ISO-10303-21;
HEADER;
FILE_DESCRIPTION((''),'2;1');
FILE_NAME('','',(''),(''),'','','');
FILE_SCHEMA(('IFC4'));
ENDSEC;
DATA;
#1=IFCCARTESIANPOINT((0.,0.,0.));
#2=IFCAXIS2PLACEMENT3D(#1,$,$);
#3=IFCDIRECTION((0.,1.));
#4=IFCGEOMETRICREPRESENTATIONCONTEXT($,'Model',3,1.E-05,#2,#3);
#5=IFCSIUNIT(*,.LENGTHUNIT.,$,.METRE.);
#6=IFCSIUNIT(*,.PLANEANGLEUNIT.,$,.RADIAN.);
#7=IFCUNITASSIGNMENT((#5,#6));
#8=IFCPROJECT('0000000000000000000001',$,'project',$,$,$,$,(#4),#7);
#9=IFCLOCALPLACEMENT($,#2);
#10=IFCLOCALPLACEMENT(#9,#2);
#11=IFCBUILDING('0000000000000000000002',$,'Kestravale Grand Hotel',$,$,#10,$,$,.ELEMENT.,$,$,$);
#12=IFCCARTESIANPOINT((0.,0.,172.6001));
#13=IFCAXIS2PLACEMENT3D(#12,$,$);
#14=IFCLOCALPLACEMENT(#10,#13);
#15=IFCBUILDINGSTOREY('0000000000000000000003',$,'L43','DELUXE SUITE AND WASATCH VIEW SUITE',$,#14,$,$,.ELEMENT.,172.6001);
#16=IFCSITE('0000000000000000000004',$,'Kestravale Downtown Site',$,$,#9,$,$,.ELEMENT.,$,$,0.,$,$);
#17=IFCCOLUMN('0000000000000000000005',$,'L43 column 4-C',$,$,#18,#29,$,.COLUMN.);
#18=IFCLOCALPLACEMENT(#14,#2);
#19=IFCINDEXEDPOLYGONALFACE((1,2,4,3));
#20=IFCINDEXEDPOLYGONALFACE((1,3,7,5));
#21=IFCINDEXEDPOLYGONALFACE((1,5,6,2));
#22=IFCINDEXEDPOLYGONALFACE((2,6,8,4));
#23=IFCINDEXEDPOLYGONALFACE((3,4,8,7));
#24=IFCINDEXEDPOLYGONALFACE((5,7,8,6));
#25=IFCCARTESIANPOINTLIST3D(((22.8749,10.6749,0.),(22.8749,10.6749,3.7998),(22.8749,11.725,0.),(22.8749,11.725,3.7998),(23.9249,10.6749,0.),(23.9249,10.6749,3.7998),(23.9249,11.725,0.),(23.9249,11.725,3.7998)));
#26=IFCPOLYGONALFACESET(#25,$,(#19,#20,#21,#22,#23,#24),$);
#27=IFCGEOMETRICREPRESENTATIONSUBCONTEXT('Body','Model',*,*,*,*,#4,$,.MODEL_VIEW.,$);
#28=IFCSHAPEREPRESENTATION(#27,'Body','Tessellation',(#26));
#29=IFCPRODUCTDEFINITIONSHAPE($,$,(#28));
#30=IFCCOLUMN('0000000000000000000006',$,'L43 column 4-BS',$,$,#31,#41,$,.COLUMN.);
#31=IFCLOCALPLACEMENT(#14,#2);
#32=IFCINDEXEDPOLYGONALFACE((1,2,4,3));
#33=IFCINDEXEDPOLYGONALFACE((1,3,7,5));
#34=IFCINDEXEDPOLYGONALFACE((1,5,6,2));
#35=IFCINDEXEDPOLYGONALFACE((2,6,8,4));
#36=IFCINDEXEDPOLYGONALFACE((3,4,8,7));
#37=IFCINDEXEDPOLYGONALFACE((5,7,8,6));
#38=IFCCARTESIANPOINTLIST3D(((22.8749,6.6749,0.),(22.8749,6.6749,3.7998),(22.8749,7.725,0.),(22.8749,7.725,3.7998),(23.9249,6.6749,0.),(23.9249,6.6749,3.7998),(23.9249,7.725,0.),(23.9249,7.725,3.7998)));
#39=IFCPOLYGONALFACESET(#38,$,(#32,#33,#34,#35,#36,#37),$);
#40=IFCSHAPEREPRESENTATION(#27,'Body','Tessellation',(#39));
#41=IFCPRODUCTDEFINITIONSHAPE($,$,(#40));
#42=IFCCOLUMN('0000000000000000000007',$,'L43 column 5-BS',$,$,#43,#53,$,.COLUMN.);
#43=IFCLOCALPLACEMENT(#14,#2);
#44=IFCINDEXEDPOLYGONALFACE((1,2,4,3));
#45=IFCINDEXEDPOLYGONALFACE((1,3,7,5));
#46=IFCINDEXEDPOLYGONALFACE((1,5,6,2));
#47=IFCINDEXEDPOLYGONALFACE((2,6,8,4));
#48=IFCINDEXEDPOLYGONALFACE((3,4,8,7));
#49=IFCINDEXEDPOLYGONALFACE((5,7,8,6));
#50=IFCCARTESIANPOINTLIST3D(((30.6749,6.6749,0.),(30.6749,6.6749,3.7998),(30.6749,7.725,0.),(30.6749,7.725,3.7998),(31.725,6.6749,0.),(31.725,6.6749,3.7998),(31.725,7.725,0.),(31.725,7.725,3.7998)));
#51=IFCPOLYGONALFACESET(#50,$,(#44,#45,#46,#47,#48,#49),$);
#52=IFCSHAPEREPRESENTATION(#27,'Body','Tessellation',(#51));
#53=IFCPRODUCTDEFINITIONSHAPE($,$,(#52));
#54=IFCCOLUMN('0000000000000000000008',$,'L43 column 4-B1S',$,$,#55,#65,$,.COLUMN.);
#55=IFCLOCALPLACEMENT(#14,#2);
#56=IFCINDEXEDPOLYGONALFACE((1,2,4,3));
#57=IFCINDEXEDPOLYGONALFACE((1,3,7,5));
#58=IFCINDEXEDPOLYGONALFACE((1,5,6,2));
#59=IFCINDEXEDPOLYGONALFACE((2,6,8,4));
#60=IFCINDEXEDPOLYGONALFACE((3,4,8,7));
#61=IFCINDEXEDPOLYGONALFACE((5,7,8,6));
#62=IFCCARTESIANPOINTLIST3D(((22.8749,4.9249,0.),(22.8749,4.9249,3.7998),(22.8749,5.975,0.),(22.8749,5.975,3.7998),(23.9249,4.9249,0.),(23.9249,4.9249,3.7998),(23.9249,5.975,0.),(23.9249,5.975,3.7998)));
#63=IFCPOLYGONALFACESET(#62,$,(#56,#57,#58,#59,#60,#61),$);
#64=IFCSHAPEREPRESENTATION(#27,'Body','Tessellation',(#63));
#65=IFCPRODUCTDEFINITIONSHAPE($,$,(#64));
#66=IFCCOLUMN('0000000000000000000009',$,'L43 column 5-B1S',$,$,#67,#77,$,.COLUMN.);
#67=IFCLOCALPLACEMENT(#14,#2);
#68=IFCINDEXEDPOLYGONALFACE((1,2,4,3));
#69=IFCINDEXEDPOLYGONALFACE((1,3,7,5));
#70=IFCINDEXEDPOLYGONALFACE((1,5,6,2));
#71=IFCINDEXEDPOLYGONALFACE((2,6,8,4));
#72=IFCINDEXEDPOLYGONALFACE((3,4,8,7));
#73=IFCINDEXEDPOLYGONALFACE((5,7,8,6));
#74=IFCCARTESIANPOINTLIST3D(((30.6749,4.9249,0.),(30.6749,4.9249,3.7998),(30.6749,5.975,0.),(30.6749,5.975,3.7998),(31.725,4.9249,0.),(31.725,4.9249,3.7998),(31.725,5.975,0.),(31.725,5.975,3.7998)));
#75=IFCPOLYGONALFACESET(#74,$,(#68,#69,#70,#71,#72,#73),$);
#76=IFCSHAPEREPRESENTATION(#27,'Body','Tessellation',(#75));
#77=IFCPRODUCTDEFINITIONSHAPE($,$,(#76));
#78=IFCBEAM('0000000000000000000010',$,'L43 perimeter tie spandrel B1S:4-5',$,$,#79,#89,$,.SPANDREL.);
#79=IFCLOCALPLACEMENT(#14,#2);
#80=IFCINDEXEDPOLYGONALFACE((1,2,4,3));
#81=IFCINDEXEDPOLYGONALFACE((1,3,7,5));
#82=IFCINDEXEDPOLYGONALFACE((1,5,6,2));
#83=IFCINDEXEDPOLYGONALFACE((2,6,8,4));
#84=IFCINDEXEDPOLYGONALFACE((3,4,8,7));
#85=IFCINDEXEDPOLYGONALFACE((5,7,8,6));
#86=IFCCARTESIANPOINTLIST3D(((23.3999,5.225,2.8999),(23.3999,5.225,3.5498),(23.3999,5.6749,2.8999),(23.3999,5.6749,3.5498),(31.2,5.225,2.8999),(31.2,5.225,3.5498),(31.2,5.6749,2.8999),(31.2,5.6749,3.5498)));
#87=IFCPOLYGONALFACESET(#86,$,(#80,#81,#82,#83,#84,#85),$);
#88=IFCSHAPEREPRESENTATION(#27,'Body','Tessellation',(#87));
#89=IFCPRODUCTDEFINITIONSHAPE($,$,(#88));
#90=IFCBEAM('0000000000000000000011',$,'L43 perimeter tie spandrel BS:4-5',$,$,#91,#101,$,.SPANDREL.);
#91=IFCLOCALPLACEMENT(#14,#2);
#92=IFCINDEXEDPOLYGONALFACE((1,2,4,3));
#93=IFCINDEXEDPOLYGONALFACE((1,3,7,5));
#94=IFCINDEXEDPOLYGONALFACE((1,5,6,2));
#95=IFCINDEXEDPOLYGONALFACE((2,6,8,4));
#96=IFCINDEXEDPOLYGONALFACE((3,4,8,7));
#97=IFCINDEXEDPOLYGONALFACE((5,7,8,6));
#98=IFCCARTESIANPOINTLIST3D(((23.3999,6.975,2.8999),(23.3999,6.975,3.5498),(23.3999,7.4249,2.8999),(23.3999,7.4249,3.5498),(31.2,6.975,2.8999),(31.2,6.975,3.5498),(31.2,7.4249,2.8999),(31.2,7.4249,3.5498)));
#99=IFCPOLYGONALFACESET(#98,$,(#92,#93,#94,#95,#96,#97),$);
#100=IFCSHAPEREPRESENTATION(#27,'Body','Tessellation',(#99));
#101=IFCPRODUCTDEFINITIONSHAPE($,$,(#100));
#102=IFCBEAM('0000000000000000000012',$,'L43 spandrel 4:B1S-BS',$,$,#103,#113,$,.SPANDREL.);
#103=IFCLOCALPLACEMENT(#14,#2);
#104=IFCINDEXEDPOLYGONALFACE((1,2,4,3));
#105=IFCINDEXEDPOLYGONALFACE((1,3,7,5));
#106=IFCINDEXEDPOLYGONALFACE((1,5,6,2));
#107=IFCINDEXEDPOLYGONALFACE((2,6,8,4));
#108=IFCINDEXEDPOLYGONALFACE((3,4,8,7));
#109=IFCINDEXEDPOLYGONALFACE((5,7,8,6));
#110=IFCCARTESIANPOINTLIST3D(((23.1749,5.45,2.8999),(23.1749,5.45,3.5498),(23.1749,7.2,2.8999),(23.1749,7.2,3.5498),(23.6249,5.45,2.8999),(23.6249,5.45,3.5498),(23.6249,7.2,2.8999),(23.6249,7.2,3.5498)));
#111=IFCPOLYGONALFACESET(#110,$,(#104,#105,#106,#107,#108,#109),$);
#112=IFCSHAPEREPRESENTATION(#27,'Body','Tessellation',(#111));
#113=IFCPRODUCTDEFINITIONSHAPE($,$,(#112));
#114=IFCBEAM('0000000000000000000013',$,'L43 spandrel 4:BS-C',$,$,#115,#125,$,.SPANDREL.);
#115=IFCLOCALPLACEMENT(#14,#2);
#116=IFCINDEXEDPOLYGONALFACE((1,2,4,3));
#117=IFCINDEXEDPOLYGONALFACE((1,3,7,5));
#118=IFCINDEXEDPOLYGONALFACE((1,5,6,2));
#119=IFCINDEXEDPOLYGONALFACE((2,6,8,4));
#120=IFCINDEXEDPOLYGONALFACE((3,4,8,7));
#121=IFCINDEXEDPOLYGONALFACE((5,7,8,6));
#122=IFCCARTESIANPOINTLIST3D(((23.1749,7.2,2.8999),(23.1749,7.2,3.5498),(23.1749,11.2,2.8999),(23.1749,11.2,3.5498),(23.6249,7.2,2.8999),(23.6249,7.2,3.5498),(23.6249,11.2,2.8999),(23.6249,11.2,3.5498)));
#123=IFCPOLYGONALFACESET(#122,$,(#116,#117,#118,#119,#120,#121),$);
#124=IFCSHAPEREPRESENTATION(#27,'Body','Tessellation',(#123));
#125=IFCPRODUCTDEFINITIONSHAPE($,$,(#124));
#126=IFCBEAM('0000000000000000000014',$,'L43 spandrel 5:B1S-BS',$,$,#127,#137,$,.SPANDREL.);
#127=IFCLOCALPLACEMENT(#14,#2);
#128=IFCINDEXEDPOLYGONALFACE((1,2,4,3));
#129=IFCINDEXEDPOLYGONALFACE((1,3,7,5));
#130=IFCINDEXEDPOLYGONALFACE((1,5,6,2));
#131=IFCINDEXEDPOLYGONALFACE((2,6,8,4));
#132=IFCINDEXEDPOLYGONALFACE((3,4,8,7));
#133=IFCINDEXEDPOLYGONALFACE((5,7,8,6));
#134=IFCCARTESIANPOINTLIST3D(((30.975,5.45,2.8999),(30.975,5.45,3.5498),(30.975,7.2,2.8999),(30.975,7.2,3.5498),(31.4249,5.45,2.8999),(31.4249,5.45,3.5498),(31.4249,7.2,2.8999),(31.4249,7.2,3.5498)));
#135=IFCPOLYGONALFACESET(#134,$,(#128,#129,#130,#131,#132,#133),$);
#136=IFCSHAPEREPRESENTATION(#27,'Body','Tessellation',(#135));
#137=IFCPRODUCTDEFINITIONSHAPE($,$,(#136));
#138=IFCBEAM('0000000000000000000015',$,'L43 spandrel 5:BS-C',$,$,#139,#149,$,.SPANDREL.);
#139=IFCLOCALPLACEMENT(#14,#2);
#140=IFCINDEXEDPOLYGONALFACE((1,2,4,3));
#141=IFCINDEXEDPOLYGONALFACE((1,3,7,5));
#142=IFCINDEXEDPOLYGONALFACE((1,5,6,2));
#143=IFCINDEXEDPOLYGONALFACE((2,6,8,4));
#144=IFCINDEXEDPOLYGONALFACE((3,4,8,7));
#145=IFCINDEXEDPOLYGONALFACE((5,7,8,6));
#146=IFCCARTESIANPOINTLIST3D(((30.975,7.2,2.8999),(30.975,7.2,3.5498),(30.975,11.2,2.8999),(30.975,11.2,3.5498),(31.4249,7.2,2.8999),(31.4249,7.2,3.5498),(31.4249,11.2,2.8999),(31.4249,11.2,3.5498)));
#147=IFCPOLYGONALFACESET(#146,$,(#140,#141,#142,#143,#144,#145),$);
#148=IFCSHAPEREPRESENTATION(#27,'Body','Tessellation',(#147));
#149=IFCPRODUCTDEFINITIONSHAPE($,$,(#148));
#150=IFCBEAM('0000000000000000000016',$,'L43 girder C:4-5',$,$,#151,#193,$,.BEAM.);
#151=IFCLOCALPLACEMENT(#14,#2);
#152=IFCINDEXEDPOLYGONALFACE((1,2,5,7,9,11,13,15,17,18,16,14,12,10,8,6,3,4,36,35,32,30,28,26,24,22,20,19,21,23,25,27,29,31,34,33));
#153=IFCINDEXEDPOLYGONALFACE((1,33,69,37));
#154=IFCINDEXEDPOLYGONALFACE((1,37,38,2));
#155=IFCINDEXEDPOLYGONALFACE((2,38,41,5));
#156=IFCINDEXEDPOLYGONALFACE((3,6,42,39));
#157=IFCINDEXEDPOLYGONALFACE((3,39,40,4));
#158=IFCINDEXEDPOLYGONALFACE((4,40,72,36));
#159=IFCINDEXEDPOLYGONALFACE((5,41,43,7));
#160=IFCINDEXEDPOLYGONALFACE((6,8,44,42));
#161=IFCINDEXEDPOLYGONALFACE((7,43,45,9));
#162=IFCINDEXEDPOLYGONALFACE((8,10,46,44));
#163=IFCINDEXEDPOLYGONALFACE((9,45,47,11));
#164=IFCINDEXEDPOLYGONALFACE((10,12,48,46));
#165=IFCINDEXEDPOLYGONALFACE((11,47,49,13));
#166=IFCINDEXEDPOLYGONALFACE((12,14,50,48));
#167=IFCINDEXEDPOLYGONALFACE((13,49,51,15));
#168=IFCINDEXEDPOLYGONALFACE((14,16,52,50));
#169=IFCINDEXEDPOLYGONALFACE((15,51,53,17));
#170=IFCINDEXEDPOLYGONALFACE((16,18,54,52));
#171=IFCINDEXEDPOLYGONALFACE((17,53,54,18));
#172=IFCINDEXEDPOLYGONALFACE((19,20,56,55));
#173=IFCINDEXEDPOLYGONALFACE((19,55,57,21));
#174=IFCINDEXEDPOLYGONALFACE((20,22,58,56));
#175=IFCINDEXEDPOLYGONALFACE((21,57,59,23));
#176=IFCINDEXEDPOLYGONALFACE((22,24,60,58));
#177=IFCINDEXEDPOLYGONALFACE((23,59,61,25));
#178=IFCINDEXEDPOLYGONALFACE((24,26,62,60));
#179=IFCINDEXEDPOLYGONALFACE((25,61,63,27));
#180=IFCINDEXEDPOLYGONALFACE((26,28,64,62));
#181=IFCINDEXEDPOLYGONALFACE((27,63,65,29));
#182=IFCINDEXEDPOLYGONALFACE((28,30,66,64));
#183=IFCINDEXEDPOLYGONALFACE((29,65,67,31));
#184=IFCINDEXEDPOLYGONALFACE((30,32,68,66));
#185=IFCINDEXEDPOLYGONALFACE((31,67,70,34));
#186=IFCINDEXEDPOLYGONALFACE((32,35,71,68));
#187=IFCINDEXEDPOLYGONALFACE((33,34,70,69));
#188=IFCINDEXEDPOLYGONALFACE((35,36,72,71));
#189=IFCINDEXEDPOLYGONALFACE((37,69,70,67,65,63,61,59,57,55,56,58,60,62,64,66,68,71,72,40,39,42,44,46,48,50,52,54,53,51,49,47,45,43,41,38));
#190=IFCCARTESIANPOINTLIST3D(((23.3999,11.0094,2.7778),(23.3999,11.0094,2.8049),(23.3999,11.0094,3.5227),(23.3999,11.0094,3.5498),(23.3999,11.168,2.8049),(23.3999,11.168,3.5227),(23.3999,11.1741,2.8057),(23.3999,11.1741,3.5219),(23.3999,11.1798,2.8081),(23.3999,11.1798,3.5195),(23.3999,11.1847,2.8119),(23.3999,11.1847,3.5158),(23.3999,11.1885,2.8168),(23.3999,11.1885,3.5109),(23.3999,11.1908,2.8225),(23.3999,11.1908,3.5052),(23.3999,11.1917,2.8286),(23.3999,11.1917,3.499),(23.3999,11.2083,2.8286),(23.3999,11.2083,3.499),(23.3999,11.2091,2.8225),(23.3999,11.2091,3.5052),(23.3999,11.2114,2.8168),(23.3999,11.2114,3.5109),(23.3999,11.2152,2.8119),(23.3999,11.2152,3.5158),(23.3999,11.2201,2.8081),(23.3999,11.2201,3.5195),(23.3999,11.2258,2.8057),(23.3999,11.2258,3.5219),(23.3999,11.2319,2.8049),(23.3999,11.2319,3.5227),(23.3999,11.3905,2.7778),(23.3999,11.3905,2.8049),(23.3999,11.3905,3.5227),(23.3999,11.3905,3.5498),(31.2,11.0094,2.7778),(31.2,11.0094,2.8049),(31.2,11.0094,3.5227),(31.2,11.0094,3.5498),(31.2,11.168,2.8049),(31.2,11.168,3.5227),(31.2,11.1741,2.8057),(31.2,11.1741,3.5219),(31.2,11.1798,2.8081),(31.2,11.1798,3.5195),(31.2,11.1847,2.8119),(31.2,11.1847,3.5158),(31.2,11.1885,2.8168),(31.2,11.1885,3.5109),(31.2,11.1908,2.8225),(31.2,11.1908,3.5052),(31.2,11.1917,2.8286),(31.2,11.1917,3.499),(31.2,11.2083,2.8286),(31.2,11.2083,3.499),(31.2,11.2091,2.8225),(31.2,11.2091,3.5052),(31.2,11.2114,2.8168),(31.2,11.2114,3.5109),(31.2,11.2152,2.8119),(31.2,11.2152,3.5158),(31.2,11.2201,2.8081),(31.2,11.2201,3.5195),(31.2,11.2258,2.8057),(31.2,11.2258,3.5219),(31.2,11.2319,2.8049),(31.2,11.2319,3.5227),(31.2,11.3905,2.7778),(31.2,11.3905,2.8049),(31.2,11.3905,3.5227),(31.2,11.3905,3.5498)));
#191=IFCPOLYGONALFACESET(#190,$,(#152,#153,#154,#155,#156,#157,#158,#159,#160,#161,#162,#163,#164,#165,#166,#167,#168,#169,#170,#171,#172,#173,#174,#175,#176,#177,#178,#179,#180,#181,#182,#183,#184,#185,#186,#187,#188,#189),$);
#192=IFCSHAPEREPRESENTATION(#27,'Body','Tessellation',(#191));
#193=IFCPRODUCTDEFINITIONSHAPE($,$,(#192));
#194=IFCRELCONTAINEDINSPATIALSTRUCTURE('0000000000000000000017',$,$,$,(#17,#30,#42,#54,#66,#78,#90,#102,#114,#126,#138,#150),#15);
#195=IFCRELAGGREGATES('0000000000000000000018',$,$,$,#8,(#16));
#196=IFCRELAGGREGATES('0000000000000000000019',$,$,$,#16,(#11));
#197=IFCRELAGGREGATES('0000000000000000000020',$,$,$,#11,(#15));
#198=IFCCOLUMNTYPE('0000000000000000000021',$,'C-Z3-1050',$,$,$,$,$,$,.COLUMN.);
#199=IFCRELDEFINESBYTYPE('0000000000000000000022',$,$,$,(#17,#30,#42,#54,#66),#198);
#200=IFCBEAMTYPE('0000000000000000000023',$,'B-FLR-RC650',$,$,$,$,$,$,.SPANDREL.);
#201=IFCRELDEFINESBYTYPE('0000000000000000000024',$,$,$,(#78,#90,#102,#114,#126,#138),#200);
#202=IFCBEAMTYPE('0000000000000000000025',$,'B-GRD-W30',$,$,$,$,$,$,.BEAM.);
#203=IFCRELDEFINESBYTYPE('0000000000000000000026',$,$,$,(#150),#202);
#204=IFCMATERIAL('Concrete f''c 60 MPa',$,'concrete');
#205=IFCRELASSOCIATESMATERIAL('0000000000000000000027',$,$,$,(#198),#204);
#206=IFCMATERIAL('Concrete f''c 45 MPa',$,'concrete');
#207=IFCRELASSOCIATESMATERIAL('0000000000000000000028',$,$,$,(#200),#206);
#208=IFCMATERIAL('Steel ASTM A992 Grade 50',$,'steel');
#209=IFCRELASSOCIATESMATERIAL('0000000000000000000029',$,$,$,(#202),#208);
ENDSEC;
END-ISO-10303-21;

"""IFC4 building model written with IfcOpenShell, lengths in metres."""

from ifc_helpers import new_model, si_unit, direction, frame, origin, origin_2d, place, context, subcontext, project, spatial, rectangle, i_section, extrude, material, material_profile, profile_set, type_object, element, save


model = new_model("IFC4")

# Units and contexts
model_context = context("Model", 3, precision=1e-05, world=origin(), true_north=direction((0.0, 1.0)))
body_context = subcontext(model_context, "Body", "Model", "MODEL_VIEW")
ifc_project = project(units=[si_unit("LENGTHUNIT", "METRE"), si_unit("PLANEANGLEUNIT", "RADIAN")], contexts=[model_context])

# Site, building, storey
site_placement = place(None, origin())
site = spatial("IfcSite", under=ifc_project, at=site_placement, Name="Kestravale Downtown Site", CompositionType="ELEMENT", RefElevation=0.0)
building_placement = place(site_placement, origin())
building = spatial("IfcBuilding", under=site, at=building_placement, Name="Kestravale Grand Hotel", CompositionType="ELEMENT")
storey_placement = place(building_placement, frame((0.0, 0.0, 172.6001)))
storey = spatial("IfcBuildingStorey", under=building, at=storey_placement, Name="L43", Description="DELUXE SUITE AND WASATCH VIEW SUITE", CompositionType="ELEMENT", Elevation=172.6001)

# Columns
ifc_material_1 = material(Name="Concrete f'c 60 MPa", Category="concrete")
ifc_material_profile_1 = material_profile(ifc_material_1, rectangle(XDim=1.05, YDim=1.05, at=origin_2d()))
ifc_profile_set_1 = profile_set([ifc_material_profile_1], Name="Concrete f'c 60 MPa")
column_type = type_object("IfcColumnType", Name="C-Z3-1050", PredefinedType="COLUMN", material=ifc_profile_set_1)
for number, where, z_axis, x_axis, name in (
    (1, (23.3999, 11.2, 0.0), (0.0, 0.0, 1.0), (1.0, 0.0, 0.0), "L43 column 4-C"),
    (2, (23.3999, 7.2, 0.0), (0.0, 0.0, 1.0), (1.0, 0.0, 0.0), "L43 column 4-BS"),
    (3, (31.2, 7.2, 0.0), (0.0, 0.0, 1.0), (1.0, 0.0, 0.0), "L43 column 5-BS"),
    (4, (23.3999, 5.45, 0.0), (0.0, 0.0, 1.0), (1.0, 0.0, 0.0), "L43 column 4-B1S"),
    (5, (31.2, 5.45, 0.0), (0.0, 0.0, 1.0), (1.0, 0.0, 0.0), "L43 column 5-B1S"),
):
    element("IfcColumn", number, at=place(storey_placement, frame(where, z_axis=z_axis, x_axis=x_axis)), inside=storey, type_object=column_type, Name=name, PredefinedType="COLUMN", context=body_context, shape_type="SweptSolid", body=[
        extrude(rectangle(XDim=1.05, YDim=1.05, at=origin_2d()), origin(), (0.0, 0.0, 1.0), 3.7998),
    ])

# Beams
ifc_material_2 = material(Name="Concrete f'c 45 MPa", Category="concrete")
ifc_material_profile_2 = material_profile(ifc_material_2, rectangle(XDim=0.45, YDim=0.6499, at=origin_2d()))
ifc_profile_set_2 = profile_set([ifc_material_profile_2], Name="Concrete f'c 45 MPa")
beam_type_1 = type_object("IfcBeamType", Name="B-FLR-RC650", PredefinedType="SPANDREL", material=ifc_profile_set_2)
for number, where, z_axis, x_axis, name in (
    (6, (23.3999, 5.45, 3.2249), (1.0, 0.0, 0.0), (0.0, 1.0, 0.0), "L43 perimeter tie spandrel B1S:4-5"),
    (7, (23.3999, 7.2, 3.2249), (1.0, 0.0, 0.0), (0.0, 1.0, 0.0), "L43 perimeter tie spandrel BS:4-5"),
):
    element("IfcBeam", number, at=place(storey_placement, frame(where, z_axis=z_axis, x_axis=x_axis)), inside=storey, type_object=beam_type_1, Name=name, PredefinedType="SPANDREL", context=body_context, shape_type="SweptSolid", body=[
        extrude(rectangle(XDim=0.45, YDim=0.6499, at=origin_2d()), origin(), (0.0, 0.0, 1.0), 7.8),
    ])
beam_1_placement = place(storey_placement, frame((23.3999, 5.45, 3.2249), z_axis=(0.0, 1.0, 0.0), x_axis=(-1.0, 0.0, 0.0)))
element("IfcBeam", 8, at=beam_1_placement, inside=storey, type_object=beam_type_1, Name="L43 spandrel 4:B1S-BS", PredefinedType="SPANDREL", context=body_context, shape_type="SweptSolid", body=[
    extrude(rectangle(XDim=0.45, YDim=0.6499, at=origin_2d()), origin(), (0.0, 0.0, 1.0), 1.75),
])
beam_2_placement = place(storey_placement, frame((23.3999, 7.2, 3.2249), z_axis=(0.0, 1.0, 0.0), x_axis=(-1.0, 0.0, 0.0)))
element("IfcBeam", 9, at=beam_2_placement, inside=storey, type_object=beam_type_1, Name="L43 spandrel 4:BS-C", PredefinedType="SPANDREL", context=body_context, shape_type="SweptSolid", body=[
    extrude(rectangle(XDim=0.45, YDim=0.6499, at=origin_2d()), origin(), (0.0, 0.0, 1.0), 4.0),
])
beam_3_placement = place(storey_placement, frame((31.2, 5.45, 3.2249), z_axis=(0.0, 1.0, 0.0), x_axis=(-1.0, 0.0, 0.0)))
element("IfcBeam", 10, at=beam_3_placement, inside=storey, type_object=beam_type_1, Name="L43 spandrel 5:B1S-BS", PredefinedType="SPANDREL", context=body_context, shape_type="SweptSolid", body=[
    extrude(rectangle(XDim=0.45, YDim=0.6499, at=origin_2d()), origin(), (0.0, 0.0, 1.0), 1.75),
])
beam_4_placement = place(storey_placement, frame((31.2, 7.2, 3.2249), z_axis=(0.0, 1.0, 0.0), x_axis=(-1.0, 0.0, 0.0)))
element("IfcBeam", 11, at=beam_4_placement, inside=storey, type_object=beam_type_1, Name="L43 spandrel 5:BS-C", PredefinedType="SPANDREL", context=body_context, shape_type="SweptSolid", body=[
    extrude(rectangle(XDim=0.45, YDim=0.6499, at=origin_2d()), origin(), (0.0, 0.0, 1.0), 4.0),
])
ifc_material_3 = material(Name="Steel ASTM A992 Grade 50", Category="steel")
ifc_material_profile_3 = material_profile(ifc_material_3, i_section(OverallWidth=0.3811, OverallDepth=0.772, WebThickness=0.0166, FlangeThickness=0.0271, FilletRadius=0.0237, at=origin_2d()))
ifc_profile_set_3 = profile_set([ifc_material_profile_3], Name="Steel ASTM A992 Grade 50")
beam_type_2 = type_object("IfcBeamType", Name="B-GRD-W30", PredefinedType="BEAM", material=ifc_profile_set_3)
beam_5_placement = place(storey_placement, frame((23.3999, 11.2, 3.1638), z_axis=(1.0, 0.0, 0.0), x_axis=(0.0, 1.0, 0.0)))
element("IfcBeam", 12, at=beam_5_placement, inside=storey, type_object=beam_type_2, Name="L43 girder C:4-5", PredefinedType="BEAM", context=body_context, shape_type="SweptSolid", body=[
    extrude(i_section(OverallWidth=0.3811, OverallDepth=0.772, WebThickness=0.0166, FlangeThickness=0.0271, FilletRadius=0.0237, at=origin_2d()), origin(), (0.0, 0.0, 1.0), 7.8),
])

save(model, "model.ifc")
